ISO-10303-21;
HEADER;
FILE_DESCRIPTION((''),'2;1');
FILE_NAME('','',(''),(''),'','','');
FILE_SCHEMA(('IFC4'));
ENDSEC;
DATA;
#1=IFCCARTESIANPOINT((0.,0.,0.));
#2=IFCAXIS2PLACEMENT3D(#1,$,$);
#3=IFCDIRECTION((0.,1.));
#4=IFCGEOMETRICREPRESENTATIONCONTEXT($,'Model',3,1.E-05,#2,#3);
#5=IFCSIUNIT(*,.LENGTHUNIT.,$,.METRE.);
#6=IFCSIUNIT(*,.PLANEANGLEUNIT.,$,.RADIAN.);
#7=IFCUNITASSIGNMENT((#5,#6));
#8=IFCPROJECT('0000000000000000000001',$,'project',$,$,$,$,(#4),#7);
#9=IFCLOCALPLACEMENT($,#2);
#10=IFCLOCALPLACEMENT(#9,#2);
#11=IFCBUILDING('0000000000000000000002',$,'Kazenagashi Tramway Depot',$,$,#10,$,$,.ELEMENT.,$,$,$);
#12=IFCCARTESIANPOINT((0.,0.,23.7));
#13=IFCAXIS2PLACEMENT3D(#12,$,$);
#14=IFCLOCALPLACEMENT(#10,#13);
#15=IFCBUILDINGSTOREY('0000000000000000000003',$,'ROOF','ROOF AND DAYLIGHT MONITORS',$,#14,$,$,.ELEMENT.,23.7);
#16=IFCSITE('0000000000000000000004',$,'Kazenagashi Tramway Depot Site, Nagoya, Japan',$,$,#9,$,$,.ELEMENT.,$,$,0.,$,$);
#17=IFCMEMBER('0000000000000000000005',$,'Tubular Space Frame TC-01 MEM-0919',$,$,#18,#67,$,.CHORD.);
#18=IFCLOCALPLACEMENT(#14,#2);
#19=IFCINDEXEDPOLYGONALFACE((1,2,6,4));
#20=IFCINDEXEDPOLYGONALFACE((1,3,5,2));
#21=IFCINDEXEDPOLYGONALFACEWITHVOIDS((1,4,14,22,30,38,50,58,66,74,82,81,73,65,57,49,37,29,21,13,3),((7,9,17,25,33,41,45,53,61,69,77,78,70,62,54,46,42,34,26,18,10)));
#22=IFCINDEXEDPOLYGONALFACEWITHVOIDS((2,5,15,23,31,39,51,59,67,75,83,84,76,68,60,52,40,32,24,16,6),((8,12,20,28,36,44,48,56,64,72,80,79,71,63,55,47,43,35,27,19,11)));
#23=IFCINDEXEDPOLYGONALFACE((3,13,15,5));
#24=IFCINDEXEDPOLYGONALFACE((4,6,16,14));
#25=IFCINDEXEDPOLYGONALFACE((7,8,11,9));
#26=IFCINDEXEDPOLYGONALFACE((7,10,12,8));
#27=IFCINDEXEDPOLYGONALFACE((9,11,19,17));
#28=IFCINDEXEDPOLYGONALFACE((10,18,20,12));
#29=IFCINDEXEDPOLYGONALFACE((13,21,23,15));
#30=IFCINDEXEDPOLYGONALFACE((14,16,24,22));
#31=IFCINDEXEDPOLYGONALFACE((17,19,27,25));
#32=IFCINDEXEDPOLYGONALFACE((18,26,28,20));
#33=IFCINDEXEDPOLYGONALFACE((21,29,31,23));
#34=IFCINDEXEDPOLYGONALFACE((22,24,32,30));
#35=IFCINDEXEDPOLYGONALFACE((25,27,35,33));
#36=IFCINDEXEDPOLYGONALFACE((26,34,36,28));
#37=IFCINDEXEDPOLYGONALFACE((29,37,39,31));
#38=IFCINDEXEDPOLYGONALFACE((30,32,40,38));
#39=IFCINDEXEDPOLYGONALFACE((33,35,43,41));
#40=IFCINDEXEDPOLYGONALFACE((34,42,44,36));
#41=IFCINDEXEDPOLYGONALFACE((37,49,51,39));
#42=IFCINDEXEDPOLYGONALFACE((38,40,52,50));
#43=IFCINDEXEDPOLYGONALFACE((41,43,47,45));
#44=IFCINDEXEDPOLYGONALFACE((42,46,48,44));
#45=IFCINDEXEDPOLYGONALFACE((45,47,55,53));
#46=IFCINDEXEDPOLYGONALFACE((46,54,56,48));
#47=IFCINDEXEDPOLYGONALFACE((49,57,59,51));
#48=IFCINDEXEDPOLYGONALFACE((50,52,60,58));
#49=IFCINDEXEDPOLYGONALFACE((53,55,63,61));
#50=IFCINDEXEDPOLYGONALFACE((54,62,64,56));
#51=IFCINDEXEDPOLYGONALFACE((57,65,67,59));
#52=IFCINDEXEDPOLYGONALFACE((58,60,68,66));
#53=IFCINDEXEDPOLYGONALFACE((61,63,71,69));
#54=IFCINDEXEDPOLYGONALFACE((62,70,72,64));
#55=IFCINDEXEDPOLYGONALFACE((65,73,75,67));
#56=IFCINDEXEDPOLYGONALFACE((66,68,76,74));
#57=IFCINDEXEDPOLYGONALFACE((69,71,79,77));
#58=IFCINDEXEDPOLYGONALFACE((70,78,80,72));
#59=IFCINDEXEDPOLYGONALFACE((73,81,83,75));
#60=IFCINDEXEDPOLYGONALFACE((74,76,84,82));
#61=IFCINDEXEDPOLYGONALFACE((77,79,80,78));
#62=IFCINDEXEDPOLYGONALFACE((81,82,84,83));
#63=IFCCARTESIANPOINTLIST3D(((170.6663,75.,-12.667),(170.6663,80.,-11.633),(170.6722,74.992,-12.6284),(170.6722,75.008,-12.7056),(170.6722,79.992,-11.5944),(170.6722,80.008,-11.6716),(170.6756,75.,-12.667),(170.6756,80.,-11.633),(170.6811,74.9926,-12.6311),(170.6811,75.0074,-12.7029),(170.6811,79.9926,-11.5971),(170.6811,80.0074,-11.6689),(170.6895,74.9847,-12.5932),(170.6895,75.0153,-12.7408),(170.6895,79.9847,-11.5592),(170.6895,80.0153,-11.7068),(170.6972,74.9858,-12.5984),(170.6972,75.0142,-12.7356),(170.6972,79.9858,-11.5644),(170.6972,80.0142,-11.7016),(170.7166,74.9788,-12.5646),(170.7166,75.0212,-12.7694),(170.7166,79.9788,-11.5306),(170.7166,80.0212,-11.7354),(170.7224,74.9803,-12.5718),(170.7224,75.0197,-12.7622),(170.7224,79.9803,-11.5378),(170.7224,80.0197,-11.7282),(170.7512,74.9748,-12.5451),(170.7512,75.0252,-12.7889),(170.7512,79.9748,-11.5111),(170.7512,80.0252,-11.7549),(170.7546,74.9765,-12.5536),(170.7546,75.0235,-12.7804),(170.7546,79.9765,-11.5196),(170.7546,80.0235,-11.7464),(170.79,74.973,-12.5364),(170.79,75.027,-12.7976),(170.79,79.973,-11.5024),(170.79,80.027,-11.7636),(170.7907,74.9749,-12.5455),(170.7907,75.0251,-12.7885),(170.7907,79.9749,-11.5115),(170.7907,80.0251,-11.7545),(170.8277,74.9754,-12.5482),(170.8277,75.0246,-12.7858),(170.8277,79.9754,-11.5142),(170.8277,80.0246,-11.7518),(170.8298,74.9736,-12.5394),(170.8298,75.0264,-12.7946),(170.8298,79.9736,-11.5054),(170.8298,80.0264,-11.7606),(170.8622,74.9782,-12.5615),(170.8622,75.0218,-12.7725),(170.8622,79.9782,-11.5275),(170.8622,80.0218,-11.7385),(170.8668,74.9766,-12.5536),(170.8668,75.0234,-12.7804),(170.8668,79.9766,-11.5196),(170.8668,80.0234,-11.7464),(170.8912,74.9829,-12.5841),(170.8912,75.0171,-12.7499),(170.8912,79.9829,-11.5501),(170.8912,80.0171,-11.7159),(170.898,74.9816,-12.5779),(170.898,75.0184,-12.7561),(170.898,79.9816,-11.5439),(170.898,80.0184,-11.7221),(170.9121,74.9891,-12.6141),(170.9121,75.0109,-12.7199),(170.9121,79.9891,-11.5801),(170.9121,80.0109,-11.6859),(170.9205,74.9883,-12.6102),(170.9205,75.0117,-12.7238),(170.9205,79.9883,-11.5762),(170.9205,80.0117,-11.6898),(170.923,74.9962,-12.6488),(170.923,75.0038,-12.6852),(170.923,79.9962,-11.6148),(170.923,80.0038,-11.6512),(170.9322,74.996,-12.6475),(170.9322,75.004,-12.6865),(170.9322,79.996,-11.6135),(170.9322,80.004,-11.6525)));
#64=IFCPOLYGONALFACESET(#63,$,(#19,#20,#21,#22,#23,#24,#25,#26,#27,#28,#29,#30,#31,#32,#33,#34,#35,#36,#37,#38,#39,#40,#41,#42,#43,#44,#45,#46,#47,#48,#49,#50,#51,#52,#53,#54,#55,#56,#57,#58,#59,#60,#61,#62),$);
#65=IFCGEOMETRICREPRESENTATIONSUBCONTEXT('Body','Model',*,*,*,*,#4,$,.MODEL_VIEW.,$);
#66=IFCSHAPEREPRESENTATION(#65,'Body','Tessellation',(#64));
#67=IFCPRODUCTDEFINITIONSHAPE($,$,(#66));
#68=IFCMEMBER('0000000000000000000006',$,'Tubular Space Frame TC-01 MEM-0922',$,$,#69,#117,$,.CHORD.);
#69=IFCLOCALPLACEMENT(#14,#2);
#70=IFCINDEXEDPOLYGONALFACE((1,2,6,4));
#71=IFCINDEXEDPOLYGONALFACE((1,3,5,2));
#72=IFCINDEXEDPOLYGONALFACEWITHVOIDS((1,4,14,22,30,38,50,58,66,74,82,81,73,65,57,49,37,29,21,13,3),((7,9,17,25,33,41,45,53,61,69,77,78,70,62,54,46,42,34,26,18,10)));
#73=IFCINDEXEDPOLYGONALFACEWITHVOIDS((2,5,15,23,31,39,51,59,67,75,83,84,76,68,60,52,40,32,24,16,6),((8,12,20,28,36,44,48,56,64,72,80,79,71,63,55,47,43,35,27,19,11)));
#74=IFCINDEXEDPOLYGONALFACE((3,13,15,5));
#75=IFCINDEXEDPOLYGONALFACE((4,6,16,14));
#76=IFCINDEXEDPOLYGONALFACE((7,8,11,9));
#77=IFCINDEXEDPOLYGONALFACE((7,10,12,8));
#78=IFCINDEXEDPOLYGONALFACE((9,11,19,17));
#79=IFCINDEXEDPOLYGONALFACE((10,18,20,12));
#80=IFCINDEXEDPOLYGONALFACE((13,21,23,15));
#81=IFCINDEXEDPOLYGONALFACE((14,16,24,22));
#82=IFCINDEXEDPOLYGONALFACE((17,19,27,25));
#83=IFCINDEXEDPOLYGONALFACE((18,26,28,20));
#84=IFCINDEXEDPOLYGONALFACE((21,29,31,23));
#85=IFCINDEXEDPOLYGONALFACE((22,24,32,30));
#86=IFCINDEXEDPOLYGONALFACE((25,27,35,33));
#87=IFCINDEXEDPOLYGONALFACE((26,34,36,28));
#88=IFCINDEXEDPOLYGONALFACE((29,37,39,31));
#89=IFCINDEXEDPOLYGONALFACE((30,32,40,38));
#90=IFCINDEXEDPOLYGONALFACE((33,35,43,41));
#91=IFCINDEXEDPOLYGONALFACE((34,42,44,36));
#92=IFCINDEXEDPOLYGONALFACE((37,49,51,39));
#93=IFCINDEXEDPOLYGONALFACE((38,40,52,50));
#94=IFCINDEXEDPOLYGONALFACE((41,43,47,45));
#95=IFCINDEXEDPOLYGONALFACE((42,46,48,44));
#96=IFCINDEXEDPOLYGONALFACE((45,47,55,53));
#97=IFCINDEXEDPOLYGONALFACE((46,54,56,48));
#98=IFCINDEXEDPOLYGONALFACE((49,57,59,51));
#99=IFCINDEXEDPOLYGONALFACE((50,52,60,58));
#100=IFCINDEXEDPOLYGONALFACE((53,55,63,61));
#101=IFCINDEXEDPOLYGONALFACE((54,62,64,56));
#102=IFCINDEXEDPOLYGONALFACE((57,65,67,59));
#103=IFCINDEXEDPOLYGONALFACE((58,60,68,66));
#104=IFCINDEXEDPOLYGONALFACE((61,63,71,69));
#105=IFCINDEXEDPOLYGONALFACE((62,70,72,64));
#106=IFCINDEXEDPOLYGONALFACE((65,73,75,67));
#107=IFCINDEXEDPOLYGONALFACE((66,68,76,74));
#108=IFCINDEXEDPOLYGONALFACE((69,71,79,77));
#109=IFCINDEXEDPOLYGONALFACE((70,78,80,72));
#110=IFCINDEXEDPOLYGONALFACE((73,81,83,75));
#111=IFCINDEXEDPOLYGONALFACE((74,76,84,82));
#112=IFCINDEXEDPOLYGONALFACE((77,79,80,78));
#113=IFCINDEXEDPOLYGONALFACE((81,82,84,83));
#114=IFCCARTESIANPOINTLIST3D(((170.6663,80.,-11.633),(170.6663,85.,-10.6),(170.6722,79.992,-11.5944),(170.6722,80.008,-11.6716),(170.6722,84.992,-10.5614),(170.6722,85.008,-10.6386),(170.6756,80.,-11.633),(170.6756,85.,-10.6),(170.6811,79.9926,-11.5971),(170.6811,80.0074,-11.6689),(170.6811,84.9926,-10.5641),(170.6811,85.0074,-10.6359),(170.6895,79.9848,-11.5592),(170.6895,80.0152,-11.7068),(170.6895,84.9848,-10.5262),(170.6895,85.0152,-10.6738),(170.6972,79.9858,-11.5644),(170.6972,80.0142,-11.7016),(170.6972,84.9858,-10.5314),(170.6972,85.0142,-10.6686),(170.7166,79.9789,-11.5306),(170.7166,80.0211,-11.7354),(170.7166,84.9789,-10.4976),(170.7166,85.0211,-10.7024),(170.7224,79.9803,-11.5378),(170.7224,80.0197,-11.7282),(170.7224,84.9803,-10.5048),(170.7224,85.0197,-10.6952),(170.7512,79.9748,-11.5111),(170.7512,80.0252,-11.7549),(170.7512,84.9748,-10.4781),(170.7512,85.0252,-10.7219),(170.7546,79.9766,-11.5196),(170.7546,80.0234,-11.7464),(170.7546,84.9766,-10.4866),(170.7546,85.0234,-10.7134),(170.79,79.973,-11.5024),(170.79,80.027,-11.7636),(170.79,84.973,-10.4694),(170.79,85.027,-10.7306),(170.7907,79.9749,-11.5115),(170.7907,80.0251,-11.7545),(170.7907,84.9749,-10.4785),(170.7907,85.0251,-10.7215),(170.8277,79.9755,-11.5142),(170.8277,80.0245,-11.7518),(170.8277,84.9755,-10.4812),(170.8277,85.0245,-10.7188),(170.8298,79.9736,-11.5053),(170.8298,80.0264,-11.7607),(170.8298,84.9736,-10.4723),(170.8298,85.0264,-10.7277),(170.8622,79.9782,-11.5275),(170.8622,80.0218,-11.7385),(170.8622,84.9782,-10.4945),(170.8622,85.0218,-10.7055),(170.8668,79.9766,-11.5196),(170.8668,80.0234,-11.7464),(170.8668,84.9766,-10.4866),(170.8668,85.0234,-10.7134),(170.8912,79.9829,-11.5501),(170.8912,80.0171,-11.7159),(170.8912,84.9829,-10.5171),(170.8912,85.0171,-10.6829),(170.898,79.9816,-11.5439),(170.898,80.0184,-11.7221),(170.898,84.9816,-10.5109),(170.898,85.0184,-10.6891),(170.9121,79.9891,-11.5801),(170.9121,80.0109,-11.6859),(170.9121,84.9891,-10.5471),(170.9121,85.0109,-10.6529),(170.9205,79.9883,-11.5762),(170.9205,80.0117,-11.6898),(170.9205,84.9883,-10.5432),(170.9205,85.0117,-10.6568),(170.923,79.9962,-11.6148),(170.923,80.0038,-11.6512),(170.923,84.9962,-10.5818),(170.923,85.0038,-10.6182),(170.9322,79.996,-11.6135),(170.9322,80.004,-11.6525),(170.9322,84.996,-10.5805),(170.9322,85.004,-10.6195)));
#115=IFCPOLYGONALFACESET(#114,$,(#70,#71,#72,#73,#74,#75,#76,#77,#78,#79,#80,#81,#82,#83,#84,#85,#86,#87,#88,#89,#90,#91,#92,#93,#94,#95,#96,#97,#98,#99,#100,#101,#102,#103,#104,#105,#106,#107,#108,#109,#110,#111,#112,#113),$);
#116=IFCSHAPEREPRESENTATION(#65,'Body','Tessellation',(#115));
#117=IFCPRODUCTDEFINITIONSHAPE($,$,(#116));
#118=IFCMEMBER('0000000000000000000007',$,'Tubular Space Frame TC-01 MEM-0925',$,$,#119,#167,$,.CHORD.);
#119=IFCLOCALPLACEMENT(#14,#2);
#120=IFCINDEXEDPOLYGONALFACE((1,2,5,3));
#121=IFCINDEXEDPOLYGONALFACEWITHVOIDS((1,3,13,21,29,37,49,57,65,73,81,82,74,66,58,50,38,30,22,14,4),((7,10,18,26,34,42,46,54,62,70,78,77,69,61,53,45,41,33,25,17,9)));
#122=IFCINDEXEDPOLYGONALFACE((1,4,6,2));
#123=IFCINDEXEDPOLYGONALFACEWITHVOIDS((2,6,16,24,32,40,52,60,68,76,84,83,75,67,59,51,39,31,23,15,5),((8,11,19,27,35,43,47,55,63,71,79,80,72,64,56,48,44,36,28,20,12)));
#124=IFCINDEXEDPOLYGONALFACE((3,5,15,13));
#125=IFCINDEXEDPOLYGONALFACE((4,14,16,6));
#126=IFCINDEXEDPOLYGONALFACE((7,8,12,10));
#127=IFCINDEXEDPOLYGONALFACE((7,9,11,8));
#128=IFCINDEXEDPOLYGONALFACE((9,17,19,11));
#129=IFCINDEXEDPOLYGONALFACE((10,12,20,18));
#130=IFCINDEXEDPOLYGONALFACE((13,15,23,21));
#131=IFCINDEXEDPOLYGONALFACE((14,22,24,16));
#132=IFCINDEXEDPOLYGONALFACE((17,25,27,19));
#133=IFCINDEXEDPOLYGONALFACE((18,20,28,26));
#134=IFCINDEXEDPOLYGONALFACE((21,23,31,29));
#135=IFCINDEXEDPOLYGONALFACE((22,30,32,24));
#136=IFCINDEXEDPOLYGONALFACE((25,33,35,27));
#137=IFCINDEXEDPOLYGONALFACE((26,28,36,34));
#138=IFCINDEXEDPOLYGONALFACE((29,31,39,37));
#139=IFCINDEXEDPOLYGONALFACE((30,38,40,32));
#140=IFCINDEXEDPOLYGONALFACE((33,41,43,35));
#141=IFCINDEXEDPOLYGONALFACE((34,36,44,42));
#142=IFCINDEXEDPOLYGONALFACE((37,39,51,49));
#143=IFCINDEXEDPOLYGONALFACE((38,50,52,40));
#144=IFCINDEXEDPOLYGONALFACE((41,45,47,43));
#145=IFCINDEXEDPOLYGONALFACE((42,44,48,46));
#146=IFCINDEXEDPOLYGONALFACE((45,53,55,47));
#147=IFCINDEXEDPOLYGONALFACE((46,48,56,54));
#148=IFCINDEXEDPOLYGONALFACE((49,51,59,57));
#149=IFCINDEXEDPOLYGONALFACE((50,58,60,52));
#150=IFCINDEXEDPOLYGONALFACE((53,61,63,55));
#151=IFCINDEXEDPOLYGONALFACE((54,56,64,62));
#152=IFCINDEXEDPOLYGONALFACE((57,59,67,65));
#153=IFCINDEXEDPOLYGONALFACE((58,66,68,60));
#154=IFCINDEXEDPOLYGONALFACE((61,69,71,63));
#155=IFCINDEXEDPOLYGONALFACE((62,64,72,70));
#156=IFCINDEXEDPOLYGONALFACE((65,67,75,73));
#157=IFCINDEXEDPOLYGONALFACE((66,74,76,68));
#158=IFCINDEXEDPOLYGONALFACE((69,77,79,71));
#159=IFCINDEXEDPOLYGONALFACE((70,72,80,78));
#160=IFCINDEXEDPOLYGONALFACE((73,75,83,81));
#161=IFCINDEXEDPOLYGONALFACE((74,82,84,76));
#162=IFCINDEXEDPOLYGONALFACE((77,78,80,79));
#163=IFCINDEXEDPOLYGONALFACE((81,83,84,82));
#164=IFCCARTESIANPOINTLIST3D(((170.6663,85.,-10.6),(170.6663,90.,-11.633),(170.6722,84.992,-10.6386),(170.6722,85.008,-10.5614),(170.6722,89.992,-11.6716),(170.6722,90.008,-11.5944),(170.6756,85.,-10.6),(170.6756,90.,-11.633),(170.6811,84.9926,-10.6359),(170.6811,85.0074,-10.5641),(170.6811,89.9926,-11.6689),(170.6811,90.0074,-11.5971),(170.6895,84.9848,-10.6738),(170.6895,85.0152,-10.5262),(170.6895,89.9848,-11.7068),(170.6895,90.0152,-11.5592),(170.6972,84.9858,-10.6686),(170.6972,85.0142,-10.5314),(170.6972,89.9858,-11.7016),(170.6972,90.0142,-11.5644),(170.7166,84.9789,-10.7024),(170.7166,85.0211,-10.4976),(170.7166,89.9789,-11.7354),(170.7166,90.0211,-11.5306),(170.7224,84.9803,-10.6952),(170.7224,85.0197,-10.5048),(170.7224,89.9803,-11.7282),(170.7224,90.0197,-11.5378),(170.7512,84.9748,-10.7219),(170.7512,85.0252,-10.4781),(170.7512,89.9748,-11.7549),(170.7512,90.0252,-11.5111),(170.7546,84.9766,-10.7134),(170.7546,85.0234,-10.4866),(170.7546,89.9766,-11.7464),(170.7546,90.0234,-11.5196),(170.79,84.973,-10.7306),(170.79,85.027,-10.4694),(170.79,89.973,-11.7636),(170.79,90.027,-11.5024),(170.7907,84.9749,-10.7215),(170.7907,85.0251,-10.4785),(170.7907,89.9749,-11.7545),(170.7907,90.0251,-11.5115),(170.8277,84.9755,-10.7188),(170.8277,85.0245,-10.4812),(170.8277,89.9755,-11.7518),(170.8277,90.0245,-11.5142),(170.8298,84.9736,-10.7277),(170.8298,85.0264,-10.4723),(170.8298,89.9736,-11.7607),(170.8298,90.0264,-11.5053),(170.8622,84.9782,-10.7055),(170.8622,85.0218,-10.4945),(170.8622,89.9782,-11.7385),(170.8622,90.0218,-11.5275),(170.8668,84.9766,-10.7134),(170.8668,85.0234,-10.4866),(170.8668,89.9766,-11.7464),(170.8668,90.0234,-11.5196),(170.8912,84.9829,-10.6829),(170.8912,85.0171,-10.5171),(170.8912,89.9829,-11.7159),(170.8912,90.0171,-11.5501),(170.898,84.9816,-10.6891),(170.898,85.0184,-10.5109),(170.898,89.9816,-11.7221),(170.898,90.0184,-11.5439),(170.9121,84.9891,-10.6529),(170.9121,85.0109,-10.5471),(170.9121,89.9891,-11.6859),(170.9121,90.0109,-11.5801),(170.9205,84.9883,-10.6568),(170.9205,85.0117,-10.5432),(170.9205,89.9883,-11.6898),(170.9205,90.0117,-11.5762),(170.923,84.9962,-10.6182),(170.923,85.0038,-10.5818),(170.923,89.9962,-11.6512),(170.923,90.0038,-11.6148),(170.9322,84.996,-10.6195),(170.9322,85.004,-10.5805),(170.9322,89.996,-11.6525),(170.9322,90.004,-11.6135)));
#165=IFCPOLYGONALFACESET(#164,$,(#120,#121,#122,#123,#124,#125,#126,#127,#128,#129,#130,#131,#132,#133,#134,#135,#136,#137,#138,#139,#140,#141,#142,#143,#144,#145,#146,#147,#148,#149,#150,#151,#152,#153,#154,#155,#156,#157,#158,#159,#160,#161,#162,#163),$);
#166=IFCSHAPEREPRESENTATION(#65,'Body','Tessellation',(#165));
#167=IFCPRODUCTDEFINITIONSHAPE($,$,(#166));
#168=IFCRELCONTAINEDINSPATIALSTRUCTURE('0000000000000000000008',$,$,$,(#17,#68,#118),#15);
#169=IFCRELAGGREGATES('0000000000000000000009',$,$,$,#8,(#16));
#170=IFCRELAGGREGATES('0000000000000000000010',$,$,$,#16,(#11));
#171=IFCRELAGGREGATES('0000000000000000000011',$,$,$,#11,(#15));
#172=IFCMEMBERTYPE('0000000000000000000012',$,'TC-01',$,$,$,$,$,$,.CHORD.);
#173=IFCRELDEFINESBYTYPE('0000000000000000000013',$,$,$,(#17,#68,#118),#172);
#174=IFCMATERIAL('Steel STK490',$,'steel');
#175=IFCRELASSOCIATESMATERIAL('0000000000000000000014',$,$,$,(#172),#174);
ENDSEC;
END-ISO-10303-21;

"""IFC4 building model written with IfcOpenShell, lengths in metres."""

from ifc_helpers import new_model, si_unit, direction, frame, origin, origin_2d, place, context, subcontext, project, spatial, hollow_circle, extrude, material, material_profile, profile_set, type_object, element, save


model = new_model("IFC4")

# Units and contexts
model_context = context("Model", 3, precision=1e-05, world=origin(), true_north=direction((0.0, 1.0)))
body_context = subcontext(model_context, "Body", "Model", "MODEL_VIEW")
ifc_project = project(units=[si_unit("LENGTHUNIT", "METRE"), si_unit("PLANEANGLEUNIT", "RADIAN")], contexts=[model_context])

# Site, building, storey
site_placement = place(None, origin())
site = spatial("IfcSite", under=ifc_project, at=site_placement, Name="Kazenagashi Tramway Depot Site, Nagoya, Japan", CompositionType="ELEMENT", RefElevation=0.0)
building_placement = place(site_placement, origin())
building = spatial("IfcBuilding", under=site, at=building_placement, Name="Kazenagashi Tramway Depot", CompositionType="ELEMENT")
storey_placement = place(building_placement, frame((0.0, 0.0, 23.7)))
storey = spatial("IfcBuildingStorey", under=building, at=storey_placement, Name="ROOF", Description="ROOF AND DAYLIGHT MONITORS", CompositionType="ELEMENT", Elevation=23.7)

# Members
ifc_material_1 = material(Name="Steel STK490", Category="steel")
ifc_material_profile_1 = material_profile(ifc_material_1, hollow_circle(Radius=0.1337, WallThickness=0.0093, at=origin_2d()), Name="CHS-267.4x9.3")
ifc_profile_set_1 = profile_set([ifc_material_profile_1], Name="Steel STK490")
member_type_1 = type_object("IfcMemberType", Name="TC-01", PredefinedType="CHORD", material=ifc_profile_set_1)
member_1_placement = place(storey_placement, frame((170.8, 75.0, -12.667), z_axis=(0.0, 0.979279, 0.202515), x_axis=(-1.0, 0.0, 0.0)))
element("IfcMember", 1, at=member_1_placement, inside=storey, type_object=member_type_1, Name="Tubular Space Frame TC-01 MEM-0919", PredefinedType="CHORD", context=body_context, shape_type="SweptSolid", body=[
    extrude(hollow_circle(Radius=0.1337, WallThickness=0.0093, at=origin_2d()), origin(), (0.0, 0.0, 1.0), 5.1058),
])
for number, where, z_axis, x_axis, name in (
    (2, (170.8, 80.0, -11.633), (0.0, 0.979318, 0.202327), (-1.0, 0.0, 0.0), "Tubular Space Frame TC-01 MEM-0922"),
    (3, (170.8, 85.0, -10.6), (0.0, 0.979318, -0.202327), (-1.0, 0.0, 0.0), "Tubular Space Frame TC-01 MEM-0925"),
):
    element("IfcMember", number, at=place(storey_placement, frame(where, z_axis=z_axis, x_axis=x_axis)), inside=storey, type_object=member_type_1, Name=name, PredefinedType="CHORD", context=body_context, shape_type="SweptSolid", body=[
        extrude(hollow_circle(Radius=0.1337, WallThickness=0.0093, at=origin_2d()), origin(), (0.0, 0.0, 1.0), 5.1056),
    ])

save(model, "model.ifc")
